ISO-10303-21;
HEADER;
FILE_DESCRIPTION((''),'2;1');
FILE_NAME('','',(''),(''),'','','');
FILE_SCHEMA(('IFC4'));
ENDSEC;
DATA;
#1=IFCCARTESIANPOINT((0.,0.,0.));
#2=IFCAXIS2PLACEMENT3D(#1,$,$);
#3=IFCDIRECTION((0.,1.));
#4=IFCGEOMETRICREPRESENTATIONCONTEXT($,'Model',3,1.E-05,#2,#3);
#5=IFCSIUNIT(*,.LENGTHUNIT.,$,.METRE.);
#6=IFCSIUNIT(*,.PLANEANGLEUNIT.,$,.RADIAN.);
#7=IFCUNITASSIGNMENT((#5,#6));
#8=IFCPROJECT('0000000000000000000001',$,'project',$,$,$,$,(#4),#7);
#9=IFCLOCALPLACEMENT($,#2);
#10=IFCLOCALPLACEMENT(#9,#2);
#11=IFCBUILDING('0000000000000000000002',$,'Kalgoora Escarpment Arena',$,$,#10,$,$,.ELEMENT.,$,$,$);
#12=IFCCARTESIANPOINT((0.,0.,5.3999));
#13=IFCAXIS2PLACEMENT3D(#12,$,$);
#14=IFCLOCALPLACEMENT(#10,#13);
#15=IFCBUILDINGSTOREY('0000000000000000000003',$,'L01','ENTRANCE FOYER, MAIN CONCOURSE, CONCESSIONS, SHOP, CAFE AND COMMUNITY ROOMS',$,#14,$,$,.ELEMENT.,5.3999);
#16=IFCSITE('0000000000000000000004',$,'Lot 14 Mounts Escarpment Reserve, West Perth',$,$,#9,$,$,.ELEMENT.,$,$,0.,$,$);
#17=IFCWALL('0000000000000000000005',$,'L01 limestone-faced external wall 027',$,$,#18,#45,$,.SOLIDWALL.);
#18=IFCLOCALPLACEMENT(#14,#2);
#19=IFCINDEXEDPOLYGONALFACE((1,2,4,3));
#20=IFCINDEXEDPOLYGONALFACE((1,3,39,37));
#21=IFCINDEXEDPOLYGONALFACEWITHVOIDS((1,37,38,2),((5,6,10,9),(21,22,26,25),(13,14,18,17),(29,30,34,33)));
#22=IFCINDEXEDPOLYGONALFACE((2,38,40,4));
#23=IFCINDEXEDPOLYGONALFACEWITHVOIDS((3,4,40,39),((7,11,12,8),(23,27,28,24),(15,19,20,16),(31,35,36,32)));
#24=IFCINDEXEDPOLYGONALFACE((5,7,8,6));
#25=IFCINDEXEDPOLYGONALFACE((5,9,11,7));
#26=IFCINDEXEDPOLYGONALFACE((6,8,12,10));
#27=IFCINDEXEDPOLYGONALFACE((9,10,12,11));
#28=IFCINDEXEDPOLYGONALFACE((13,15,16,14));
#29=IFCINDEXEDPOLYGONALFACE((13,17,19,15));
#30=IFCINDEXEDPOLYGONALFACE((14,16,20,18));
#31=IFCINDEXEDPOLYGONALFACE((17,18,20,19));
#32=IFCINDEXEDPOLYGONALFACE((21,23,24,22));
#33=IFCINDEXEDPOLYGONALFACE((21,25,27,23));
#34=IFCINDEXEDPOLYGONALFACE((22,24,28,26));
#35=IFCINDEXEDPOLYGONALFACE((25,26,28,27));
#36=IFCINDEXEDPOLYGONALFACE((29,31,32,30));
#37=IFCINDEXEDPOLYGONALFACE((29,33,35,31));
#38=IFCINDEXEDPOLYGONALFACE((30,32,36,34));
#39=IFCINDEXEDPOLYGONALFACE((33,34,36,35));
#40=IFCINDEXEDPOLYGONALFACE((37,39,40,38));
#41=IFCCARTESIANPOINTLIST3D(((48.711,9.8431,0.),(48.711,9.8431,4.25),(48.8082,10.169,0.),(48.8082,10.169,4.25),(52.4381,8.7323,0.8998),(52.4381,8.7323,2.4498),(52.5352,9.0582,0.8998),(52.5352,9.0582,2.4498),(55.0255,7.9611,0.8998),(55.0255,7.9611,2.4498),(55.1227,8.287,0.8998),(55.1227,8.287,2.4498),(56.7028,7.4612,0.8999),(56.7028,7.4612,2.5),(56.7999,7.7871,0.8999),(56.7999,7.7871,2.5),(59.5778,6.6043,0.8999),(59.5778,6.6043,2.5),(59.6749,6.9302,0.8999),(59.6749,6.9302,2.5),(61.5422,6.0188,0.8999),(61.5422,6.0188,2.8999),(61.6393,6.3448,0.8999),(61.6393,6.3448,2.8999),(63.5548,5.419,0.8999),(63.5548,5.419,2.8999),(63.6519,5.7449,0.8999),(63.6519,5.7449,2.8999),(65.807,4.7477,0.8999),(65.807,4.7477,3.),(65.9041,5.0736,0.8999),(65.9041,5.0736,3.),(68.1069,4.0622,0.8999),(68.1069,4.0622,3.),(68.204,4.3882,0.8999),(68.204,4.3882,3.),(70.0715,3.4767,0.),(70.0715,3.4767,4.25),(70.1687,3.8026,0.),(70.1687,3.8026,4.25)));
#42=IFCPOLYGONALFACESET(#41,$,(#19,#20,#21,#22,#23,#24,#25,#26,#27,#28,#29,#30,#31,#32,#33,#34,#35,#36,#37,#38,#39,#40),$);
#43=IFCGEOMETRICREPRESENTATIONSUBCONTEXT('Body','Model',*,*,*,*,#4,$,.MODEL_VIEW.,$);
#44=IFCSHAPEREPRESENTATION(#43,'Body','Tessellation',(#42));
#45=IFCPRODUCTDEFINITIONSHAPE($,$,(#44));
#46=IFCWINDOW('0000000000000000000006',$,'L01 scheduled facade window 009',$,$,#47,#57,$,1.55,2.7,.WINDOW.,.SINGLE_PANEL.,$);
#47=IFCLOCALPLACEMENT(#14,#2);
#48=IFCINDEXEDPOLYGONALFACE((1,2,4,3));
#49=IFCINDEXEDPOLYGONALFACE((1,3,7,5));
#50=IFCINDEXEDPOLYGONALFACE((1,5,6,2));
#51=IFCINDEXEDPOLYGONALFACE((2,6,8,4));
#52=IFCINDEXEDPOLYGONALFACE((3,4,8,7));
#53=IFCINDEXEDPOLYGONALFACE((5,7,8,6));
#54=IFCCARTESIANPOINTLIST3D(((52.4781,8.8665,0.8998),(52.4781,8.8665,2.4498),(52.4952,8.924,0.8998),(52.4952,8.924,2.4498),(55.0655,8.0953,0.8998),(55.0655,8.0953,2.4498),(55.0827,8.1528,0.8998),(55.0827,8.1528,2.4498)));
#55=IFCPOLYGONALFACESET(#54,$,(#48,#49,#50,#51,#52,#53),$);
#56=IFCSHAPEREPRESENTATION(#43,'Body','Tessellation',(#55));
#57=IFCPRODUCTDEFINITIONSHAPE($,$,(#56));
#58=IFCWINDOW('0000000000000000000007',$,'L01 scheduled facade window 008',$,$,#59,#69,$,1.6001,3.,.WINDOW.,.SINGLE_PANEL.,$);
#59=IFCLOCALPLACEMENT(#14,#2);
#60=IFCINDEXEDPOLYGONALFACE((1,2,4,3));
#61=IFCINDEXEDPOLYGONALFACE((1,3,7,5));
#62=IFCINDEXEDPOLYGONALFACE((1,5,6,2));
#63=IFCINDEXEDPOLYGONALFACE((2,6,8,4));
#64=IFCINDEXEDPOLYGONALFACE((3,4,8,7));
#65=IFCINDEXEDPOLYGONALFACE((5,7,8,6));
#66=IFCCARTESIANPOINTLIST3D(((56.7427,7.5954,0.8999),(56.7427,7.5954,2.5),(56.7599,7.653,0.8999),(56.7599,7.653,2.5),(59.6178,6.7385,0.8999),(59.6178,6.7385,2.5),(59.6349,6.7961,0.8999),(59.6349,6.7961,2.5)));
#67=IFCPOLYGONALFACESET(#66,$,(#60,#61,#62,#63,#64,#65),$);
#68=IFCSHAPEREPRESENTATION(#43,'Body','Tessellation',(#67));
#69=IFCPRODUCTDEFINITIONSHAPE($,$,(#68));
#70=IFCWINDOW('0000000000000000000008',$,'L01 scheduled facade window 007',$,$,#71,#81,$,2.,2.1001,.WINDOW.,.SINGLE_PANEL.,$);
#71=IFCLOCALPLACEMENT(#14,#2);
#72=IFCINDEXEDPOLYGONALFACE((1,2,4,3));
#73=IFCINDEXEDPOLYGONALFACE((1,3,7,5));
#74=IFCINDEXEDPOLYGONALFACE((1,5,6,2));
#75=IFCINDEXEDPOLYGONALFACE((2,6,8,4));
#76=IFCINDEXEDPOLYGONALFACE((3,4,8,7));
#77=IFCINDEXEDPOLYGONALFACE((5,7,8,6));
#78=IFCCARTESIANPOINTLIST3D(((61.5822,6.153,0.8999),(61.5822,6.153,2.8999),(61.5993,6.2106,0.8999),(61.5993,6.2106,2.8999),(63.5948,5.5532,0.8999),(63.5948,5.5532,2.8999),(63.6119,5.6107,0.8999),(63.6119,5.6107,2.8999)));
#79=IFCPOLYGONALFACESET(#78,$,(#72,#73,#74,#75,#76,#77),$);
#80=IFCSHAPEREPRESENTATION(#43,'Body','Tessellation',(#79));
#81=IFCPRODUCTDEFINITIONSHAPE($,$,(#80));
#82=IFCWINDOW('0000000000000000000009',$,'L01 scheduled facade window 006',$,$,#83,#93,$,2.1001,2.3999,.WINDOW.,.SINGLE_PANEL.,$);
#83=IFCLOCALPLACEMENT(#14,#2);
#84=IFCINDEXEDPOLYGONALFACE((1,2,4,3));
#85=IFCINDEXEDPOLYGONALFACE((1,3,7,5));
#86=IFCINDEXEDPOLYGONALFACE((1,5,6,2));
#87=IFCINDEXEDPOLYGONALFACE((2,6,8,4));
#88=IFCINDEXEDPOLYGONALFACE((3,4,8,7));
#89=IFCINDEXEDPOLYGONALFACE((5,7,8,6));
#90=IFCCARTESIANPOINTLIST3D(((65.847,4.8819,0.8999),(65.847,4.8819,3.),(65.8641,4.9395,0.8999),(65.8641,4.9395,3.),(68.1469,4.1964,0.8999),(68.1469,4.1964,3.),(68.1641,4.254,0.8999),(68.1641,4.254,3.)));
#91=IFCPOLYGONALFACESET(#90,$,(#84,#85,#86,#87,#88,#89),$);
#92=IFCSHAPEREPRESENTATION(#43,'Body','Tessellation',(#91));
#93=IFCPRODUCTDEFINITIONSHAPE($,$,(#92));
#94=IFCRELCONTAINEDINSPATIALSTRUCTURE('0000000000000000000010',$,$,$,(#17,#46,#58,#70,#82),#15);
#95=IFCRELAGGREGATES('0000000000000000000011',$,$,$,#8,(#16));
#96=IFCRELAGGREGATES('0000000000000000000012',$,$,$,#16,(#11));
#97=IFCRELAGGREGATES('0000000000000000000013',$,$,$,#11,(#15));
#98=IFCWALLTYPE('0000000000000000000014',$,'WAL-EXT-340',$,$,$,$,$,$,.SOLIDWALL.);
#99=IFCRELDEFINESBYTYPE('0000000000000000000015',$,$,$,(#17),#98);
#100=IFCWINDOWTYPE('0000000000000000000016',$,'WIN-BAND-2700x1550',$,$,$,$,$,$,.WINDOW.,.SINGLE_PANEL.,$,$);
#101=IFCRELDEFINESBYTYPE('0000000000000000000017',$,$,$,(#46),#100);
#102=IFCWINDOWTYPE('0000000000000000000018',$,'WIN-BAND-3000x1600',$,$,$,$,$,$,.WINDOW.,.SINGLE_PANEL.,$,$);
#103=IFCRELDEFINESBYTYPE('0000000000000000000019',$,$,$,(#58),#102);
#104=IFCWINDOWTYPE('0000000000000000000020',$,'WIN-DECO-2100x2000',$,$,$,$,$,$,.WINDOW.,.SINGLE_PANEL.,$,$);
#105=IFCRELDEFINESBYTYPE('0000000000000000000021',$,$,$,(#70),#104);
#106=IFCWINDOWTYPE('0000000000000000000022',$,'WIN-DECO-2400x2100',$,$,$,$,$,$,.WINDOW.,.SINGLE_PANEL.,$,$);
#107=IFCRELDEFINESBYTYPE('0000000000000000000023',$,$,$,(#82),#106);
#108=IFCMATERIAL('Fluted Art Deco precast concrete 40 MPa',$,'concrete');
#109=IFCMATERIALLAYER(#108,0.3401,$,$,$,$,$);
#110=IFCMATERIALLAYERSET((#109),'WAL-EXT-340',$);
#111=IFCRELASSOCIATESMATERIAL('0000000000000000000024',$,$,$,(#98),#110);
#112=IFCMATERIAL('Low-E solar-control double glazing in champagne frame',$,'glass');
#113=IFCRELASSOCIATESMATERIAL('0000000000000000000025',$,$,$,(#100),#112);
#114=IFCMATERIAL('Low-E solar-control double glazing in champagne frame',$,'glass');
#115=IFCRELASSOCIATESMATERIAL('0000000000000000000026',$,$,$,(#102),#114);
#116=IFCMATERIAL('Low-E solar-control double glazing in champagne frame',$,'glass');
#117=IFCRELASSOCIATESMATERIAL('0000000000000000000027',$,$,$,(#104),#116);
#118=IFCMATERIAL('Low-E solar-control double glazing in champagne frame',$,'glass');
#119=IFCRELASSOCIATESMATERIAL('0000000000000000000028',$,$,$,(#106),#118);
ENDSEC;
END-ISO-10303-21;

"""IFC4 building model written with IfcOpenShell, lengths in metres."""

from ifc_helpers import new_model, si_unit, direction, frame, frame_2d, origin, place, context, subcontext, project, spatial, rectangle, extrude, material, layer, layer_set, type_object, element, fill, save


model = new_model("IFC4")

# Units and contexts
model_context = context("Model", 3, precision=1e-05, world=origin(), true_north=direction((0.0, 1.0)))
body_context = subcontext(model_context, "Body", "Model", "MODEL_VIEW")
ifc_project = project(units=[si_unit("LENGTHUNIT", "METRE"), si_unit("PLANEANGLEUNIT", "RADIAN")], contexts=[model_context])

# Site, building, storey
site_placement = place(None, origin())
site = spatial("IfcSite", under=ifc_project, at=site_placement, Name="Lot 14 Mounts Escarpment Reserve, West Perth", CompositionType="ELEMENT", RefElevation=0.0)
building_placement = place(site_placement, origin())
building = spatial("IfcBuilding", under=site, at=building_placement, Name="Kalgoora Escarpment Arena", CompositionType="ELEMENT")
storey_placement = place(building_placement, frame((0.0, 0.0, 5.3999)))
storey = spatial("IfcBuildingStorey", under=building, at=storey_placement, Name="L01", Description="ENTRANCE FOYER, MAIN CONCOURSE, CONCESSIONS, SHOP, CAFE AND COMMUNITY ROOMS", CompositionType="ELEMENT", Elevation=5.3999)

# Wall, openings, windows
ifc_material_1 = material(Name="Fluted Art Deco precast concrete 40 MPa", Category="concrete")
ifc_layer_1 = layer(ifc_material_1, 0.3401)
ifc_layer_set_1 = layer_set([ifc_layer_1], Name="WAL-EXT-340")
wall_type = type_object("IfcWallType", Name="WAL-EXT-340", PredefinedType="SOLIDWALL", material=ifc_layer_set_1)
wall_placement = place(storey_placement, frame((70.1201, 3.6396, 0.0), z_axis=(0.0, 0.0, 1.0), x_axis=(-0.95834, 0.28563, 0.0)))
wall = element("IfcWall", 1, at=wall_placement, inside=storey, type_object=wall_type, Name="L01 limestone-faced external wall 027", PredefinedType="SOLIDWALL", context=body_context, shape_type="SweptSolid", body=[
    extrude(rectangle(XDim=22.2891, YDim=0.3401, at=frame_2d((11.1445, 0.0))), origin(), (0.0, 0.0, 1.0), 4.25),
])
opening_1_placement = place(wall_placement, frame((2.05, 0.0, 0.8999)))
opening_1 = element("IfcOpeningElement", 2, at=opening_1_placement, cuts=wall, PredefinedType="OPENING", context=body_context, shape_type="SweptSolid", body=[
    extrude(rectangle(XDim=2.3999, YDim=2.1001, at=frame_2d((1.2, 1.05))), frame((0.0, 0.1799, 0.0), z_axis=(0.0, -1.0, 0.0), x_axis=(1.0, 0.0, 0.0)), (0.0, 0.0, 1.0), 0.3601),
])
opening_2_placement = place(wall_placement, frame((6.8, 0.0, 0.8999)))
opening_2 = element("IfcOpeningElement", 3, at=opening_2_placement, cuts=wall, PredefinedType="OPENING", context=body_context, shape_type="SweptSolid", body=[
    extrude(rectangle(XDim=2.1001, YDim=2.0, at=frame_2d((1.05, 1.0))), frame((0.0, 0.1799, 0.0), z_axis=(0.0, -1.0, 0.0), x_axis=(1.0, 0.0, 0.0)), (0.0, 0.0, 1.0), 0.3601),
])
opening_3_placement = place(wall_placement, frame((10.95, 0.0, 0.8999)))
opening_3 = element("IfcOpeningElement", 4, at=opening_3_placement, cuts=wall, PredefinedType="OPENING", context=body_context, shape_type="SweptSolid", body=[
    extrude(rectangle(XDim=3.0, YDim=1.6001, at=frame_2d((1.5, 0.8))), frame((0.0, 0.1799, 0.0), z_axis=(0.0, -1.0, 0.0), x_axis=(1.0, 0.0, 0.0)), (0.0, 0.0, 1.0), 0.3601),
])
opening_4_placement = place(wall_placement, frame((15.7, 0.0, 0.8999)))
opening_4 = element("IfcOpeningElement", 5, at=opening_4_placement, cuts=wall, PredefinedType="OPENING", context=body_context, shape_type="SweptSolid", body=[
    extrude(rectangle(XDim=2.7, YDim=1.55, at=frame_2d((1.3501, 0.7749))), frame((0.0, 0.1799, 0.0), z_axis=(0.0, -1.0, 0.0), x_axis=(1.0, 0.0, 0.0)), (0.0, 0.0, 1.0), 0.3601),
])
ifc_material_2 = material(Name="Low-E solar-control double glazing in champagne frame", Category="glass")
window_type_1 = type_object("IfcWindowType", Name="WIN-BAND-2700x1550", PartitioningType="SINGLE_PANEL", PredefinedType="WINDOW", material=ifc_material_2)
window_1_placement = place(opening_4_placement, origin())
window_1 = element("IfcWindow", 6, at=window_1_placement, inside=storey, type_object=window_type_1, Name="L01 scheduled facade window 009", OverallHeight=1.55, OverallWidth=2.7, PartitioningType="SINGLE_PANEL", PredefinedType="WINDOW", context=body_context, shape_type="SweptSolid", body=[
    extrude(rectangle(XDim=2.7, YDim=1.55, at=frame_2d((1.3501, 0.7749))), frame((0.0, 0.03, 0.0), z_axis=(0.0, -1.0, 0.0), x_axis=(1.0, 0.0, 0.0)), (0.0, 0.0, 1.0), 0.0601),
])
fill(opening_4, window_1)
ifc_material_3 = material(Name="Low-E solar-control double glazing in champagne frame", Category="glass")
window_type_2 = type_object("IfcWindowType", Name="WIN-BAND-3000x1600", PartitioningType="SINGLE_PANEL", PredefinedType="WINDOW", material=ifc_material_3)
window_2_placement = place(opening_3_placement, origin())
window_2 = element("IfcWindow", 7, at=window_2_placement, inside=storey, type_object=window_type_2, Name="L01 scheduled facade window 008", OverallHeight=1.6001, OverallWidth=3.0, PartitioningType="SINGLE_PANEL", PredefinedType="WINDOW", context=body_context, shape_type="SweptSolid", body=[
    extrude(rectangle(XDim=3.0, YDim=1.6001, at=frame_2d((1.5, 0.8))), frame((0.0, 0.03, 0.0), z_axis=(0.0, -1.0, 0.0), x_axis=(1.0, 0.0, 0.0)), (0.0, 0.0, 1.0), 0.0601),
])
fill(opening_3, window_2)
ifc_material_4 = material(Name="Low-E solar-control double glazing in champagne frame", Category="glass")
window_type_3 = type_object("IfcWindowType", Name="WIN-DECO-2100x2000", PartitioningType="SINGLE_PANEL", PredefinedType="WINDOW", material=ifc_material_4)
window_3_placement = place(opening_2_placement, origin())
window_3 = element("IfcWindow", 8, at=window_3_placement, inside=storey, type_object=window_type_3, Name="L01 scheduled facade window 007", OverallHeight=2.0, OverallWidth=2.1001, PartitioningType="SINGLE_PANEL", PredefinedType="WINDOW", context=body_context, shape_type="SweptSolid", body=[
    extrude(rectangle(XDim=2.1001, YDim=2.0, at=frame_2d((1.05, 1.0))), frame((0.0, 0.03, 0.0), z_axis=(0.0, -1.0, 0.0), x_axis=(1.0, 0.0, 0.0)), (0.0, 0.0, 1.0), 0.0601),
])
fill(opening_2, window_3)
ifc_material_5 = material(Name="Low-E solar-control double glazing in champagne frame", Category="glass")
window_type_4 = type_object("IfcWindowType", Name="WIN-DECO-2400x2100", PartitioningType="SINGLE_PANEL", PredefinedType="WINDOW", material=ifc_material_5)
window_4_placement = place(opening_1_placement, origin())
window_4 = element("IfcWindow", 9, at=window_4_placement, inside=storey, type_object=window_type_4, Name="L01 scheduled facade window 006", OverallHeight=2.1001, OverallWidth=2.3999, PartitioningType="SINGLE_PANEL", PredefinedType="WINDOW", context=body_context, shape_type="SweptSolid", body=[
    extrude(rectangle(XDim=2.3999, YDim=2.1001, at=frame_2d((1.2, 1.05))), frame((0.0, 0.03, 0.0), z_axis=(0.0, -1.0, 0.0), x_axis=(1.0, 0.0, 0.0)), (0.0, 0.0, 1.0), 0.0601),
])
fill(opening_1, window_4)

save(model, "model.ifc")
